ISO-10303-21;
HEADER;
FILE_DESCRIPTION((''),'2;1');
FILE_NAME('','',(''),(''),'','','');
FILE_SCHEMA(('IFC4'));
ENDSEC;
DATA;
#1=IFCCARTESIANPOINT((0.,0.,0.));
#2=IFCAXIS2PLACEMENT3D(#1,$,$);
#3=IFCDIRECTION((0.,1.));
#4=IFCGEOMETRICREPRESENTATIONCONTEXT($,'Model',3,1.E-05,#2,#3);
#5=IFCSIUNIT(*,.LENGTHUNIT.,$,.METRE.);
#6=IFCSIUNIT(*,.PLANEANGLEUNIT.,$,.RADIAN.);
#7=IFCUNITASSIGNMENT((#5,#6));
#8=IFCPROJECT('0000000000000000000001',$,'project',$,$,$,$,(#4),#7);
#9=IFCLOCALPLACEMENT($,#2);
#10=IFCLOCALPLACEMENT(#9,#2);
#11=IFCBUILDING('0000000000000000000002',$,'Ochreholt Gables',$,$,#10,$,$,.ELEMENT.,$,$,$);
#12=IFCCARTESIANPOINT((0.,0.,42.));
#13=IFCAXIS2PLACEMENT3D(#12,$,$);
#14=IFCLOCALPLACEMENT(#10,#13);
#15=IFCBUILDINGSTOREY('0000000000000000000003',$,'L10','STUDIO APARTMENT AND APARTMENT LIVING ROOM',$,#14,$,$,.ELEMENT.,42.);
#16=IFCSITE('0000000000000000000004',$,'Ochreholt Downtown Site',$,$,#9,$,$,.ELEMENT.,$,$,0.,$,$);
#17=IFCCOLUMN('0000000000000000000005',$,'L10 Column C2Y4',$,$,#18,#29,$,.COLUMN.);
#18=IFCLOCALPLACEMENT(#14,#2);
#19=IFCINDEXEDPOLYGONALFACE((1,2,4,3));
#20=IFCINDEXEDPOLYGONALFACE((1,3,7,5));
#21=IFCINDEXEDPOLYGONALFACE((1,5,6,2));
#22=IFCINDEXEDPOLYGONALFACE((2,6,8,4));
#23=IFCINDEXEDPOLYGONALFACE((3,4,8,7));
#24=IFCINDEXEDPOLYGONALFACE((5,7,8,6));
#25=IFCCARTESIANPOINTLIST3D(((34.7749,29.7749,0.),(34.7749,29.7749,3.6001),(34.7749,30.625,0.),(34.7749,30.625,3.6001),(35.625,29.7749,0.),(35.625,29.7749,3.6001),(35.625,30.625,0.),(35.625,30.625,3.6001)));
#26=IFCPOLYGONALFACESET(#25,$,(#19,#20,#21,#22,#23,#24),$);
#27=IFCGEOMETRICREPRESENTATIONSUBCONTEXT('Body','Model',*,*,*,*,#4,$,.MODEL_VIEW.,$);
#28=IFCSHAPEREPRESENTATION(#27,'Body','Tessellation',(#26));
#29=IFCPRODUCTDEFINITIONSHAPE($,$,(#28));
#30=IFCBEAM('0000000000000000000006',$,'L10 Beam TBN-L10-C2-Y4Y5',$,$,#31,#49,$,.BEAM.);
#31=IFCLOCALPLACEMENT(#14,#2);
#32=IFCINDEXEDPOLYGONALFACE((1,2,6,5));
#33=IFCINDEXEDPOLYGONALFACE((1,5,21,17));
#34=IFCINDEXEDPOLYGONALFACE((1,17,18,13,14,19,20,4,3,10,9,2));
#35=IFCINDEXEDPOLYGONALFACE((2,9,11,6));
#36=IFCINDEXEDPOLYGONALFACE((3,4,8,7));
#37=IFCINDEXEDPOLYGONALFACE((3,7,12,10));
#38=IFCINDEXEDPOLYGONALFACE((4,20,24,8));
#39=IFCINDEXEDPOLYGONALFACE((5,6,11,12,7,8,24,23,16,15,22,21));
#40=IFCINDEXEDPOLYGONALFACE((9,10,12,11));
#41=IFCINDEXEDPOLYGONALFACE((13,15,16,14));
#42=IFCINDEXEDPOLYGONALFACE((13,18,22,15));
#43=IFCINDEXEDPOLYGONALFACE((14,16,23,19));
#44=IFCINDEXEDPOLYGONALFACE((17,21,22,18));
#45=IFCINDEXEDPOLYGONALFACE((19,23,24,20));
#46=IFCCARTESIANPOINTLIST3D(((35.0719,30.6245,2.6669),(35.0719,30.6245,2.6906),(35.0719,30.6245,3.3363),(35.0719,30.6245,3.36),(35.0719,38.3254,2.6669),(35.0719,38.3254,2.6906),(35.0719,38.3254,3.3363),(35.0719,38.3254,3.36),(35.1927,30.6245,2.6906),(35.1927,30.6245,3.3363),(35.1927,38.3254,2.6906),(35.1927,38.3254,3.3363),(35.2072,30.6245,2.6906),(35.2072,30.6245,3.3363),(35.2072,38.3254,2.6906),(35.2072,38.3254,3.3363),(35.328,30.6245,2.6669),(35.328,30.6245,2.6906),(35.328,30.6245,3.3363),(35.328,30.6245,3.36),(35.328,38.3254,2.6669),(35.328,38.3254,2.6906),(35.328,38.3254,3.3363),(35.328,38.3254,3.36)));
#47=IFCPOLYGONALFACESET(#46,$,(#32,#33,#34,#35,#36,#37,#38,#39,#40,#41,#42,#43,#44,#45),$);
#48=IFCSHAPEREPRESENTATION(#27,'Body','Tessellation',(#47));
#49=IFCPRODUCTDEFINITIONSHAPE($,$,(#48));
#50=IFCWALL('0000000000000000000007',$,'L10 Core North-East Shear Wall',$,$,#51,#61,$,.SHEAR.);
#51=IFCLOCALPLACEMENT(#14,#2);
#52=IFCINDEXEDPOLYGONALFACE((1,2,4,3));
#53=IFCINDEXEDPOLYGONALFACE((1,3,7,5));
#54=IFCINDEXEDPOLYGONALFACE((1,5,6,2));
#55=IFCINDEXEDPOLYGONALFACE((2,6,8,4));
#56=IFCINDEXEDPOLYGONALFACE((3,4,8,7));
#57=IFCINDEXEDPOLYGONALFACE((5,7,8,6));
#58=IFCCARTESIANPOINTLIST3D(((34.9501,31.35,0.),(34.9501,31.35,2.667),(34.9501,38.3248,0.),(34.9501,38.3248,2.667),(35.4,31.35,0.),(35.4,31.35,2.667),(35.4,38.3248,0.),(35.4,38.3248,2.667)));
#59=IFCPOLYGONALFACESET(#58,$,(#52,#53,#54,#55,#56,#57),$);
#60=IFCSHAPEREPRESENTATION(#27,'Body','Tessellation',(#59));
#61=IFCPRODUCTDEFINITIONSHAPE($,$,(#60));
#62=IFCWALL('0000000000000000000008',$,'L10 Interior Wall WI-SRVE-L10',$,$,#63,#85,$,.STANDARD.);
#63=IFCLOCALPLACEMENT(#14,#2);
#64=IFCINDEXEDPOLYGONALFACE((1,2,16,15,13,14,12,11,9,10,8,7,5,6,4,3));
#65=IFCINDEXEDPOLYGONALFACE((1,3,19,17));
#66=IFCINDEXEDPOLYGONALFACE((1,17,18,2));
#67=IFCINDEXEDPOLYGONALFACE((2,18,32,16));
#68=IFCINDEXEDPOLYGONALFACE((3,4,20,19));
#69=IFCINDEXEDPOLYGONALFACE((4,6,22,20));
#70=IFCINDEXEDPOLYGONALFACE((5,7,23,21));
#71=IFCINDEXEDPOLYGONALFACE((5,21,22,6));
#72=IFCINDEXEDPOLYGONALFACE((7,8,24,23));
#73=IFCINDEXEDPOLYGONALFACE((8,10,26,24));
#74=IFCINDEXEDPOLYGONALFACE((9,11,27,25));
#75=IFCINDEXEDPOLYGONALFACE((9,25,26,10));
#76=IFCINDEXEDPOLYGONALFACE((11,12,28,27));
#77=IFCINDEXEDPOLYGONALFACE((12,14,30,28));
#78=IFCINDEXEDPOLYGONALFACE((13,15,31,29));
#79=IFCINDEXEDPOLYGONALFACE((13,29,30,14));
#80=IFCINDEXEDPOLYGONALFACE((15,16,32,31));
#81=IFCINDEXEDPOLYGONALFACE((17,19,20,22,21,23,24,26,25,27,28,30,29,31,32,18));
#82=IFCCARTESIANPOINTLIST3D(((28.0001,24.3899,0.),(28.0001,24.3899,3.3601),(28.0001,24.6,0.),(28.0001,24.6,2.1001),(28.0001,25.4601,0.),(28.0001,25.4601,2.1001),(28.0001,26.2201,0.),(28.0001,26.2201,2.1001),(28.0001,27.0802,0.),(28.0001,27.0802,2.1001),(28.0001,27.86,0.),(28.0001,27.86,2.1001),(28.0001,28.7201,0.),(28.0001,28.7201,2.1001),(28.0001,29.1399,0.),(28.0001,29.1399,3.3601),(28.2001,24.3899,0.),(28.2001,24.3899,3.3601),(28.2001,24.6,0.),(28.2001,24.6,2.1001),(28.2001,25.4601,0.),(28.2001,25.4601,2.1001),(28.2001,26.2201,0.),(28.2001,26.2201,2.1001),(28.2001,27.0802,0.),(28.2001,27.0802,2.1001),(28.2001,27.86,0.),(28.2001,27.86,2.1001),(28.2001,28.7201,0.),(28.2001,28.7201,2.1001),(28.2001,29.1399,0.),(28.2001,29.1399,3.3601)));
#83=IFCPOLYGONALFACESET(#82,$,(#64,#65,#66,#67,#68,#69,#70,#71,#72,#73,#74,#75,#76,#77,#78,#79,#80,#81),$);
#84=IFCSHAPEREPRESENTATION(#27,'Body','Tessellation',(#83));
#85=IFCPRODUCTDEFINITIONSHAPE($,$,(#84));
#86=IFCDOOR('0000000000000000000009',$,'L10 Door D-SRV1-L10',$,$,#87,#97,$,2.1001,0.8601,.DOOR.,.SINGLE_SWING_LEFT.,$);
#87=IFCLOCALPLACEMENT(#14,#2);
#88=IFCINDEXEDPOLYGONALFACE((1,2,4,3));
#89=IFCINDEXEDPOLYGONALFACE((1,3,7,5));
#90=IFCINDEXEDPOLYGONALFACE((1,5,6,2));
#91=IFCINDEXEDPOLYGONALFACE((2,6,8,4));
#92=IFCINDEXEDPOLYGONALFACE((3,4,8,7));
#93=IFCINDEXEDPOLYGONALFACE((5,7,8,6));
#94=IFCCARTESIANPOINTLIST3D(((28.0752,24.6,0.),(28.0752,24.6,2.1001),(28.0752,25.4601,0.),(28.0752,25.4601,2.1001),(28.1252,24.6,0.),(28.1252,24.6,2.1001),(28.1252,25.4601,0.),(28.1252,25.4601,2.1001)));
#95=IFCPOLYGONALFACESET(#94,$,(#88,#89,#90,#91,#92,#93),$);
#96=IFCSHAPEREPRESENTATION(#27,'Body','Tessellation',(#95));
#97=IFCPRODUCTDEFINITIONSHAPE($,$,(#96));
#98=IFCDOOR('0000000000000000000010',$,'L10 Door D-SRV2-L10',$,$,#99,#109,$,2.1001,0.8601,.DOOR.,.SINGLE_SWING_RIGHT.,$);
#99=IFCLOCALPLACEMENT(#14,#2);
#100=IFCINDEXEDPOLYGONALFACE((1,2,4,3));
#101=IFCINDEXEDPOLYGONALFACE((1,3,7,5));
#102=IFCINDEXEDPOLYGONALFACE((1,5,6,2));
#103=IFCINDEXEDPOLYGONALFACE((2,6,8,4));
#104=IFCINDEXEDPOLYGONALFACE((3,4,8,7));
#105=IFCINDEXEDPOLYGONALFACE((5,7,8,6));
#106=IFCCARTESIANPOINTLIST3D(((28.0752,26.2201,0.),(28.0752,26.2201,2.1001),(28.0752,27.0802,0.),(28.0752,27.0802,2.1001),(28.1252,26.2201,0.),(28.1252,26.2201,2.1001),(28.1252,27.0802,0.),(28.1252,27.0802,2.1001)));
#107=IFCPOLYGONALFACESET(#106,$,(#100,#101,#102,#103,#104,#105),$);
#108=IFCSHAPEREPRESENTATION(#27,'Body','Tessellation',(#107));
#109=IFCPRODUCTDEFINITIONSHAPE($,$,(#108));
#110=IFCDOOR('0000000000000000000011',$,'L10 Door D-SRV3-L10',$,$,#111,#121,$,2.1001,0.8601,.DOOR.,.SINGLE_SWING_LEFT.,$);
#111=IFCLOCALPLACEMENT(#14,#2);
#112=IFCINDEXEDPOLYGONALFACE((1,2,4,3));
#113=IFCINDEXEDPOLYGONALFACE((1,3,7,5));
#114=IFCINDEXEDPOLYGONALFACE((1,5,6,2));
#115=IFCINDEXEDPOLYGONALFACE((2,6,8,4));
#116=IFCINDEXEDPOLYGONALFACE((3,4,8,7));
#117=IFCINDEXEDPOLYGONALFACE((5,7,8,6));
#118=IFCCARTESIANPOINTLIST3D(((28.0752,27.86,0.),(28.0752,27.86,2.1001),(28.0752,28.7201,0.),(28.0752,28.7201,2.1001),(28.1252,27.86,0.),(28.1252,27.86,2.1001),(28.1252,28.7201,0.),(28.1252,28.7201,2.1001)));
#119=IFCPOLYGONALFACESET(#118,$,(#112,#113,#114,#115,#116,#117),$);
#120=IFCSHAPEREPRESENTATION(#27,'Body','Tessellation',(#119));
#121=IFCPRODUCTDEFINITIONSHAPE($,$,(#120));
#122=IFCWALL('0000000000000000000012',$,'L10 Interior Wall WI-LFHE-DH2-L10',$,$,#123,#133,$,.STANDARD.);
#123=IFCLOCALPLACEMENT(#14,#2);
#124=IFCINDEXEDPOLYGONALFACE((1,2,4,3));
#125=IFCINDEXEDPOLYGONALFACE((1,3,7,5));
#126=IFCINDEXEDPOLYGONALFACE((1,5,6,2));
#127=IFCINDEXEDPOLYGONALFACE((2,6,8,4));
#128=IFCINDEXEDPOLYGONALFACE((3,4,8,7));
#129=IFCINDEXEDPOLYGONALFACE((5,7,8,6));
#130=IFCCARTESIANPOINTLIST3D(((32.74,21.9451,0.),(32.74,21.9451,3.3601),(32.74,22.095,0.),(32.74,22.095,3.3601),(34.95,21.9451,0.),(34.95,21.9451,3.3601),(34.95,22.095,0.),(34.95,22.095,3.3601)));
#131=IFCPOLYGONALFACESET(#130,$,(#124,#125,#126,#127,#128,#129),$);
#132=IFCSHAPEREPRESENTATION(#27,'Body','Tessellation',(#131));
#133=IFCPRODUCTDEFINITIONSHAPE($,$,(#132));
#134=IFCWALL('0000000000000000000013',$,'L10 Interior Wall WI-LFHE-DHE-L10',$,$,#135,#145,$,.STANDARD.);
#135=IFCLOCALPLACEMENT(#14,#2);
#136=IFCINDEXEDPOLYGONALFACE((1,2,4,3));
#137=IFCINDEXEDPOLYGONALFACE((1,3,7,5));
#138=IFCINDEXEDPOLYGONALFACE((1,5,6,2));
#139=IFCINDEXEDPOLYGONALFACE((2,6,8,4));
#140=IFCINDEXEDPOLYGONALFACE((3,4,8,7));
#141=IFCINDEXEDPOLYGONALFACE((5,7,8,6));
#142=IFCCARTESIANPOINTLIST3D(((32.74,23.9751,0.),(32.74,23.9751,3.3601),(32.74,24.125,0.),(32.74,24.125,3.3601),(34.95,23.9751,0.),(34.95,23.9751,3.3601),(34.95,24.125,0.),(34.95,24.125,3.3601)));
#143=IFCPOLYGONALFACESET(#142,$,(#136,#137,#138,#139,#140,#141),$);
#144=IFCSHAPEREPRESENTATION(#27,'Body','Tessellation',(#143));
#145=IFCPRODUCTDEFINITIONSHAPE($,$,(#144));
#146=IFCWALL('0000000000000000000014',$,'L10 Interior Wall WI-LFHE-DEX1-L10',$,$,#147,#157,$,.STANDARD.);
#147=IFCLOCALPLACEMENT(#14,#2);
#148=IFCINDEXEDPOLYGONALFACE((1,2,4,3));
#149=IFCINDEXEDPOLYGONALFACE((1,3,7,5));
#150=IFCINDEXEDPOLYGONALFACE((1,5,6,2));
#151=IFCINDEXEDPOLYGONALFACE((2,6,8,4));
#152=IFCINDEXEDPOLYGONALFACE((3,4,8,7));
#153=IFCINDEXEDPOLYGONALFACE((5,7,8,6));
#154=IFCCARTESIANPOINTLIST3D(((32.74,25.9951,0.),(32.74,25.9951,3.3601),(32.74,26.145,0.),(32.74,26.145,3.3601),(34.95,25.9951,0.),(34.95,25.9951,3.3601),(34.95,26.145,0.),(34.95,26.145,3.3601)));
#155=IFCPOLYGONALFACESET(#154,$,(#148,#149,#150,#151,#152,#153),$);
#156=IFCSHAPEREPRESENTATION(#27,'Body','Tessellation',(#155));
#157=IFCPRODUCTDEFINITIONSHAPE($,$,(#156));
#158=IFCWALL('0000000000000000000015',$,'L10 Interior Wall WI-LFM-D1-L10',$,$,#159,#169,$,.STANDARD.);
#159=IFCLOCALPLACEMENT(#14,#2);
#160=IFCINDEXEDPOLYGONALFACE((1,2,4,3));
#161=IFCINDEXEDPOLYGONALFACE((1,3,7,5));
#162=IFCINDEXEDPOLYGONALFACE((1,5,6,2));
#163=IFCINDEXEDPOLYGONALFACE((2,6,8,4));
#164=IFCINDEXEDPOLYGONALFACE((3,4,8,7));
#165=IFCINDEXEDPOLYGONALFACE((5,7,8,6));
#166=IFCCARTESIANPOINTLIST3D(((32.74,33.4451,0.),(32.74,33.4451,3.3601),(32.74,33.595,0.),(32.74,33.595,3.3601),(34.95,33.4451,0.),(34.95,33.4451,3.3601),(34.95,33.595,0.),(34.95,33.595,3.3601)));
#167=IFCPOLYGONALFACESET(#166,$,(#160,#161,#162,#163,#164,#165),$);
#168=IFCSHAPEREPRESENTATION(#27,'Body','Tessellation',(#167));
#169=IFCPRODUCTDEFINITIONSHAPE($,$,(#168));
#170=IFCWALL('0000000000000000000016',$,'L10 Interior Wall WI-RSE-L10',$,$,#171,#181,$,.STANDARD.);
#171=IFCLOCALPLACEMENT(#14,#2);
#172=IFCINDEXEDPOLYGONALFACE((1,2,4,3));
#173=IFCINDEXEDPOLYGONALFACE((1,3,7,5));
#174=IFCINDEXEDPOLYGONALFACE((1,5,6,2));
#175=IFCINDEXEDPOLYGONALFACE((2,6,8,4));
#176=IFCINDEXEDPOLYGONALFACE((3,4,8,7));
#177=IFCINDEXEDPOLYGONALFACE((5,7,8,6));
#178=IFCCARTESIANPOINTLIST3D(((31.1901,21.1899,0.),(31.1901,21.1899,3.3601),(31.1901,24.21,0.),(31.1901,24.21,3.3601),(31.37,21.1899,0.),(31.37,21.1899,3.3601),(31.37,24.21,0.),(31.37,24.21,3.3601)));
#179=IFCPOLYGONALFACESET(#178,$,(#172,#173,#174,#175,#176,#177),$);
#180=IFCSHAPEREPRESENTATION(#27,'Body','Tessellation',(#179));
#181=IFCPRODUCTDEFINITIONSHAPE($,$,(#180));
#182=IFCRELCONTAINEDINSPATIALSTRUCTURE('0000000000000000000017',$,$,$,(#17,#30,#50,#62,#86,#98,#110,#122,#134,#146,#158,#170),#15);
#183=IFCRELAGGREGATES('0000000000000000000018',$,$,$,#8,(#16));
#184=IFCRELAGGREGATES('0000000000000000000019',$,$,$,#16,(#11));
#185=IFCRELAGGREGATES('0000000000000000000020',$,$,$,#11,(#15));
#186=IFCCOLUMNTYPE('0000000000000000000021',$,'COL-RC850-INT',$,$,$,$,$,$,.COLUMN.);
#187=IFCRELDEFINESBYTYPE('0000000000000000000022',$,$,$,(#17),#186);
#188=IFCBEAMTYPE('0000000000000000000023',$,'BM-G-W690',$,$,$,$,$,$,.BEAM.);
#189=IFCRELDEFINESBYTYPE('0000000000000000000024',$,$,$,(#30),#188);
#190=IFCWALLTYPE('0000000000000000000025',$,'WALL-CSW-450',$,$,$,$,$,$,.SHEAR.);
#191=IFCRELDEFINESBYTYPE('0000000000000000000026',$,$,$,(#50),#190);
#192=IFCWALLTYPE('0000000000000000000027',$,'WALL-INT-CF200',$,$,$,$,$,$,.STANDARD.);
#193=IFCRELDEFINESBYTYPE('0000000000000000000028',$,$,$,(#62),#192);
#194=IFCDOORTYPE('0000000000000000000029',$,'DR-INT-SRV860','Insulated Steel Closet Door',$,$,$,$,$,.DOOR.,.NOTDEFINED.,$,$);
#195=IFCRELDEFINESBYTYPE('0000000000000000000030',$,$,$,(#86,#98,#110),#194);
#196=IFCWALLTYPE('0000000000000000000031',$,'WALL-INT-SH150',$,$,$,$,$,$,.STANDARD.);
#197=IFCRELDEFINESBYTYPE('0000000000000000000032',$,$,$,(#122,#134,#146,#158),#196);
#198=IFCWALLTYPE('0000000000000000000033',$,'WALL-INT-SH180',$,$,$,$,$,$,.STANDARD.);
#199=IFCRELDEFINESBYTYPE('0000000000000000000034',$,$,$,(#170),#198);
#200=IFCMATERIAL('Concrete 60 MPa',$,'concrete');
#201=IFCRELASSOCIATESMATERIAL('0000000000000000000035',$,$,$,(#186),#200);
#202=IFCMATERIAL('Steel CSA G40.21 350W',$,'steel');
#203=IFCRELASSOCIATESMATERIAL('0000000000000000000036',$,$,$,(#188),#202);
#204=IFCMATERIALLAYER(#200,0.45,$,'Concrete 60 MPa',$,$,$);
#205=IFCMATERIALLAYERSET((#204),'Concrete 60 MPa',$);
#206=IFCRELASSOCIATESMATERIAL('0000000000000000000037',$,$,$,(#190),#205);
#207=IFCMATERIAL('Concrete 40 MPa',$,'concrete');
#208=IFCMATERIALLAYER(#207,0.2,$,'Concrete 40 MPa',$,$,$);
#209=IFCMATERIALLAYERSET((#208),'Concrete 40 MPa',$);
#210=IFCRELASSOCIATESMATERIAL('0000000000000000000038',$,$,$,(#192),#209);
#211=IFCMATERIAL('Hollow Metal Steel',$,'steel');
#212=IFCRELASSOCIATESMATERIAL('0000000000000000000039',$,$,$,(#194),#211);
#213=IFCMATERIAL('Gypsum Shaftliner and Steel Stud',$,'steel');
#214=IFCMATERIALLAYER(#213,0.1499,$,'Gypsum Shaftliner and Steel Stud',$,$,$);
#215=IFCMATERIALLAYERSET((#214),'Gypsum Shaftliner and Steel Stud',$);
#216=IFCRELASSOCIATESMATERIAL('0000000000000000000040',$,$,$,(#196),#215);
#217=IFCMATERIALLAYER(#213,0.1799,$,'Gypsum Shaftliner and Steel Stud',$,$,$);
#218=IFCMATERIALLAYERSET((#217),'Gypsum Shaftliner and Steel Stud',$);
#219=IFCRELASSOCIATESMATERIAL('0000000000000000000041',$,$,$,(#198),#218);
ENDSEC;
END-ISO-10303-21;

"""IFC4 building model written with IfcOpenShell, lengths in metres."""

from ifc_helpers import new_model, si_unit, direction, frame, frame_2d, origin, origin_2d, place, context, subcontext, project, spatial, rectangle, i_section, extrude, material, layer, layer_set, material_profile, profile_set, type_object, element, fill, save


model = new_model("IFC4")

# Units and contexts
model_context = context("Model", 3, precision=1e-05, world=origin(), true_north=direction((0.0, 1.0)))
body_context = subcontext(model_context, "Body", "Model", "MODEL_VIEW")
ifc_project = project(units=[si_unit("LENGTHUNIT", "METRE"), si_unit("PLANEANGLEUNIT", "RADIAN")], contexts=[model_context])

# Site, building, storey
site_placement = place(None, origin())
site = spatial("IfcSite", under=ifc_project, at=site_placement, Name="Ochreholt Downtown Site", CompositionType="ELEMENT", RefElevation=0.0)
building_placement = place(site_placement, origin())
building = spatial("IfcBuilding", under=site, at=building_placement, Name="Ochreholt Gables", CompositionType="ELEMENT")
storey_placement = place(building_placement, frame((0.0, 0.0, 42.0)))
storey = spatial("IfcBuildingStorey", under=building, at=storey_placement, Name="L10", Description="STUDIO APARTMENT AND APARTMENT LIVING ROOM", CompositionType="ELEMENT", Elevation=42.0)

# Column
ifc_material_1 = material(Name="Concrete 60 MPa", Category="concrete")
ifc_material_profile_1 = material_profile(ifc_material_1, rectangle(XDim=0.8501, YDim=0.8501, at=origin_2d()), Name="RC850X850")
ifc_profile_set_1 = profile_set([ifc_material_profile_1], Name="Concrete 60 MPa")
column_type = type_object("IfcColumnType", Name="COL-RC850-INT", PredefinedType="COLUMN", material=ifc_profile_set_1)
column_placement = place(storey_placement, frame((35.2, 30.2, 0.0), z_axis=(0.0, 0.0, 1.0), x_axis=(1.0, 0.0, 0.0)))
element("IfcColumn", 1, at=column_placement, inside=storey, type_object=column_type, Name="L10 Column C2Y4", PredefinedType="COLUMN", context=body_context, shape_type="SweptSolid", body=[
    extrude(rectangle(XDim=0.8501, YDim=0.8501, at=origin_2d()), origin(), (0.0, 0.0, 1.0), 3.6001),
])

# Beam
ifc_material_2 = material(Name="Steel CSA G40.21 350W", Category="steel")
ifc_material_profile_2 = material_profile(ifc_material_2, i_section(OverallWidth=0.2561, OverallDepth=0.6931, WebThickness=0.0144, FlangeThickness=0.0237, at=origin_2d()), Name="W690X170")
ifc_profile_set_2 = profile_set([ifc_material_profile_2], Name="Steel CSA G40.21 350W")
beam_type = type_object("IfcBeamType", Name="BM-G-W690", PredefinedType="BEAM", material=ifc_profile_set_2)
beam_placement = place(storey_placement, frame((35.2, 30.6245, 3.0134), z_axis=(0.0, 1.0, 0.0), x_axis=(-1.0, 0.0, 0.0)))
element("IfcBeam", 2, at=beam_placement, inside=storey, type_object=beam_type, Name="L10 Beam TBN-L10-C2-Y4Y5", PredefinedType="BEAM", context=body_context, shape_type="SweptSolid", body=[
    extrude(i_section(OverallWidth=0.2561, OverallDepth=0.6931, WebThickness=0.0144, FlangeThickness=0.0237, at=origin_2d()), origin(), (0.0, 0.0, 1.0), 7.7009),
])

# Wall
ifc_layer_1 = layer(ifc_material_1, 0.45, Name="Concrete 60 MPa")
ifc_layer_set_1 = layer_set([ifc_layer_1], Name="Concrete 60 MPa")
wall_type_1 = type_object("IfcWallType", Name="WALL-CSW-450", PredefinedType="SHEAR", material=ifc_layer_set_1)
wall_1_placement = place(storey_placement, frame((35.175, 31.3501, 0.0), z_axis=(0.0, 0.0, 1.0), x_axis=(0.0, 1.0, 0.0)))
element("IfcWall", 3, at=wall_1_placement, inside=storey, type_object=wall_type_1, Name="L10 Core North-East Shear Wall", PredefinedType="SHEAR", context=body_context, shape_type="SweptSolid", body=[
    extrude(rectangle(XDim=6.9749, YDim=0.45, at=frame_2d((3.4873, 0.0))), origin(), (0.0, 0.0, 1.0), 2.667),
])

# Wall, openings, doors
ifc_material_3 = material(Name="Concrete 40 MPa", Category="concrete")
ifc_layer_2 = layer(ifc_material_3, 0.2, Name="Concrete 40 MPa")
ifc_layer_set_2 = layer_set([ifc_layer_2], Name="Concrete 40 MPa")
wall_type_2 = type_object("IfcWallType", Name="WALL-INT-CF200", PredefinedType="STANDARD", material=ifc_layer_set_2)
wall_2_placement = place(storey_placement, frame((28.1001, 24.3899, 0.0), z_axis=(0.0, 0.0, 1.0), x_axis=(0.0, 1.0, 0.0)))
wall_2 = element("IfcWall", 4, at=wall_2_placement, inside=storey, type_object=wall_type_2, Name="L10 Interior Wall WI-SRVE-L10", PredefinedType="STANDARD", context=body_context, shape_type="SweptSolid", body=[
    extrude(rectangle(XDim=4.75, YDim=0.2, at=frame_2d((2.375, 0.0))), origin(), (0.0, 0.0, 1.0), 3.3601),
])
opening_1_placement = place(wall_2_placement, frame((0.21, 0.0, 0.0)))
opening_1 = element("IfcOpeningElement", 5, at=opening_1_placement, cuts=wall_2, PredefinedType="OPENING", context=body_context, shape_type="SweptSolid", body=[
    extrude(rectangle(XDim=0.8601, YDim=2.1001, at=frame_2d((0.4302, 1.05))), frame((0.0, 0.1099, 0.0), z_axis=(0.0, -1.0, 0.0), x_axis=(1.0, 0.0, 0.0)), (0.0, 0.0, 1.0), 0.22),
])
opening_2_placement = place(wall_2_placement, frame((1.8301, 0.0, 0.0)))
opening_2 = element("IfcOpeningElement", 6, at=opening_2_placement, cuts=wall_2, PredefinedType="OPENING", context=body_context, shape_type="SweptSolid", body=[
    extrude(rectangle(XDim=0.8601, YDim=2.1001, at=frame_2d((0.4302, 1.05))), frame((0.0, 0.1099, 0.0), z_axis=(0.0, -1.0, 0.0), x_axis=(1.0, 0.0, 0.0)), (0.0, 0.0, 1.0), 0.22),
])
opening_3_placement = place(wall_2_placement, frame((3.47, 0.0, 0.0)))
opening_3 = element("IfcOpeningElement", 7, at=opening_3_placement, cuts=wall_2, PredefinedType="OPENING", context=body_context, shape_type="SweptSolid", body=[
    extrude(rectangle(XDim=0.8601, YDim=2.1001, at=frame_2d((0.4302, 1.05))), frame((0.0, 0.1099, 0.0), z_axis=(0.0, -1.0, 0.0), x_axis=(1.0, 0.0, 0.0)), (0.0, 0.0, 1.0), 0.22),
])
ifc_material_4 = material(Name="Hollow Metal Steel", Category="steel")
door_type = type_object("IfcDoorType", Name="DR-INT-SRV860", Description="Insulated Steel Closet Door", OperationType="NOTDEFINED", PredefinedType="DOOR", material=ifc_material_4)
door_1_placement = place(opening_1_placement, origin())
door_1 = element("IfcDoor", 8, at=door_1_placement, inside=storey, type_object=door_type, Name="L10 Door D-SRV1-L10", OperationType="SINGLE_SWING_LEFT", OverallHeight=2.1001, OverallWidth=0.8601, PredefinedType="DOOR", context=body_context, shape_type="SweptSolid", body=[
    extrude(rectangle(XDim=0.8601, YDim=2.1001, at=frame_2d((0.4302, 1.05))), frame((0.0, 0.0249, 0.0), z_axis=(0.0, -1.0, 0.0), x_axis=(1.0, 0.0, 0.0)), (0.0, 0.0, 1.0), 0.05),
])
fill(opening_1, door_1)
door_2_placement = place(opening_2_placement, origin())
door_2 = element("IfcDoor", 9, at=door_2_placement, inside=storey, type_object=door_type, Name="L10 Door D-SRV2-L10", OperationType="SINGLE_SWING_RIGHT", OverallHeight=2.1001, OverallWidth=0.8601, PredefinedType="DOOR", context=body_context, shape_type="SweptSolid", body=[
    extrude(rectangle(XDim=0.8601, YDim=2.1001, at=frame_2d((0.4302, 1.05))), frame((0.0, 0.0249, 0.0), z_axis=(0.0, -1.0, 0.0), x_axis=(1.0, 0.0, 0.0)), (0.0, 0.0, 1.0), 0.05),
])
fill(opening_2, door_2)
door_3_placement = place(opening_3_placement, origin())
door_3 = element("IfcDoor", 10, at=door_3_placement, inside=storey, type_object=door_type, Name="L10 Door D-SRV3-L10", OperationType="SINGLE_SWING_LEFT", OverallHeight=2.1001, OverallWidth=0.8601, PredefinedType="DOOR", context=body_context, shape_type="SweptSolid", body=[
    extrude(rectangle(XDim=0.8601, YDim=2.1001, at=frame_2d((0.4302, 1.05))), frame((0.0, 0.0249, 0.0), z_axis=(0.0, -1.0, 0.0), x_axis=(1.0, 0.0, 0.0)), (0.0, 0.0, 1.0), 0.05),
])
fill(opening_3, door_3)

# Walls
ifc_material_5 = material(Name="Gypsum Shaftliner and Steel Stud", Category="steel")
ifc_layer_3 = layer(ifc_material_5, 0.1499, Name="Gypsum Shaftliner and Steel Stud")
ifc_layer_set_3 = layer_set([ifc_layer_3], Name="Gypsum Shaftliner and Steel Stud")
wall_type_3 = type_object("IfcWallType", Name="WALL-INT-SH150", PredefinedType="STANDARD", material=ifc_layer_set_3)
for number, where, z_axis, x_axis, name in (
    (11, (32.74, 22.02, 0.0), (0.0, 0.0, 1.0), (1.0, 0.0, 0.0), "L10 Interior Wall WI-LFHE-DH2-L10"),
    (12, (32.74, 24.05, 0.0), (0.0, 0.0, 1.0), (1.0, 0.0, 0.0), "L10 Interior Wall WI-LFHE-DHE-L10"),
    (13, (32.74, 26.0701, 0.0), (0.0, 0.0, 1.0), (1.0, 0.0, 0.0), "L10 Interior Wall WI-LFHE-DEX1-L10"),
    (14, (32.74, 33.52, 0.0), (0.0, 0.0, 1.0), (1.0, 0.0, 0.0), "L10 Interior Wall WI-LFM-D1-L10"),
):
    element("IfcWall", number, at=place(storey_placement, frame(where, z_axis=z_axis, x_axis=x_axis)), inside=storey, type_object=wall_type_3, Name=name, PredefinedType="STANDARD", context=body_context, shape_type="SweptSolid", body=[
        extrude(rectangle(XDim=2.21, YDim=0.1499, at=frame_2d((1.105, 0.0))), origin(), (0.0, 0.0, 1.0), 3.3601),
    ])
ifc_layer_4 = layer(ifc_material_5, 0.1799, Name="Gypsum Shaftliner and Steel Stud")
ifc_layer_set_4 = layer_set([ifc_layer_4], Name="Gypsum Shaftliner and Steel Stud")
wall_type_4 = type_object("IfcWallType", Name="WALL-INT-SH180", PredefinedType="STANDARD", material=ifc_layer_set_4)
wall_3_placement = place(storey_placement, frame((31.28, 21.1899, 0.0), z_axis=(0.0, 0.0, 1.0), x_axis=(0.0, 1.0, 0.0)))
element("IfcWall", 15, at=wall_3_placement, inside=storey, type_object=wall_type_4, Name="L10 Interior Wall WI-RSE-L10", PredefinedType="STANDARD", context=body_context, shape_type="SweptSolid", body=[
    extrude(rectangle(XDim=3.02, YDim=0.1799, at=frame_2d((1.51, 0.0))), origin(), (0.0, 0.0, 1.0), 3.3601),
])

save(model, "model.ifc")
